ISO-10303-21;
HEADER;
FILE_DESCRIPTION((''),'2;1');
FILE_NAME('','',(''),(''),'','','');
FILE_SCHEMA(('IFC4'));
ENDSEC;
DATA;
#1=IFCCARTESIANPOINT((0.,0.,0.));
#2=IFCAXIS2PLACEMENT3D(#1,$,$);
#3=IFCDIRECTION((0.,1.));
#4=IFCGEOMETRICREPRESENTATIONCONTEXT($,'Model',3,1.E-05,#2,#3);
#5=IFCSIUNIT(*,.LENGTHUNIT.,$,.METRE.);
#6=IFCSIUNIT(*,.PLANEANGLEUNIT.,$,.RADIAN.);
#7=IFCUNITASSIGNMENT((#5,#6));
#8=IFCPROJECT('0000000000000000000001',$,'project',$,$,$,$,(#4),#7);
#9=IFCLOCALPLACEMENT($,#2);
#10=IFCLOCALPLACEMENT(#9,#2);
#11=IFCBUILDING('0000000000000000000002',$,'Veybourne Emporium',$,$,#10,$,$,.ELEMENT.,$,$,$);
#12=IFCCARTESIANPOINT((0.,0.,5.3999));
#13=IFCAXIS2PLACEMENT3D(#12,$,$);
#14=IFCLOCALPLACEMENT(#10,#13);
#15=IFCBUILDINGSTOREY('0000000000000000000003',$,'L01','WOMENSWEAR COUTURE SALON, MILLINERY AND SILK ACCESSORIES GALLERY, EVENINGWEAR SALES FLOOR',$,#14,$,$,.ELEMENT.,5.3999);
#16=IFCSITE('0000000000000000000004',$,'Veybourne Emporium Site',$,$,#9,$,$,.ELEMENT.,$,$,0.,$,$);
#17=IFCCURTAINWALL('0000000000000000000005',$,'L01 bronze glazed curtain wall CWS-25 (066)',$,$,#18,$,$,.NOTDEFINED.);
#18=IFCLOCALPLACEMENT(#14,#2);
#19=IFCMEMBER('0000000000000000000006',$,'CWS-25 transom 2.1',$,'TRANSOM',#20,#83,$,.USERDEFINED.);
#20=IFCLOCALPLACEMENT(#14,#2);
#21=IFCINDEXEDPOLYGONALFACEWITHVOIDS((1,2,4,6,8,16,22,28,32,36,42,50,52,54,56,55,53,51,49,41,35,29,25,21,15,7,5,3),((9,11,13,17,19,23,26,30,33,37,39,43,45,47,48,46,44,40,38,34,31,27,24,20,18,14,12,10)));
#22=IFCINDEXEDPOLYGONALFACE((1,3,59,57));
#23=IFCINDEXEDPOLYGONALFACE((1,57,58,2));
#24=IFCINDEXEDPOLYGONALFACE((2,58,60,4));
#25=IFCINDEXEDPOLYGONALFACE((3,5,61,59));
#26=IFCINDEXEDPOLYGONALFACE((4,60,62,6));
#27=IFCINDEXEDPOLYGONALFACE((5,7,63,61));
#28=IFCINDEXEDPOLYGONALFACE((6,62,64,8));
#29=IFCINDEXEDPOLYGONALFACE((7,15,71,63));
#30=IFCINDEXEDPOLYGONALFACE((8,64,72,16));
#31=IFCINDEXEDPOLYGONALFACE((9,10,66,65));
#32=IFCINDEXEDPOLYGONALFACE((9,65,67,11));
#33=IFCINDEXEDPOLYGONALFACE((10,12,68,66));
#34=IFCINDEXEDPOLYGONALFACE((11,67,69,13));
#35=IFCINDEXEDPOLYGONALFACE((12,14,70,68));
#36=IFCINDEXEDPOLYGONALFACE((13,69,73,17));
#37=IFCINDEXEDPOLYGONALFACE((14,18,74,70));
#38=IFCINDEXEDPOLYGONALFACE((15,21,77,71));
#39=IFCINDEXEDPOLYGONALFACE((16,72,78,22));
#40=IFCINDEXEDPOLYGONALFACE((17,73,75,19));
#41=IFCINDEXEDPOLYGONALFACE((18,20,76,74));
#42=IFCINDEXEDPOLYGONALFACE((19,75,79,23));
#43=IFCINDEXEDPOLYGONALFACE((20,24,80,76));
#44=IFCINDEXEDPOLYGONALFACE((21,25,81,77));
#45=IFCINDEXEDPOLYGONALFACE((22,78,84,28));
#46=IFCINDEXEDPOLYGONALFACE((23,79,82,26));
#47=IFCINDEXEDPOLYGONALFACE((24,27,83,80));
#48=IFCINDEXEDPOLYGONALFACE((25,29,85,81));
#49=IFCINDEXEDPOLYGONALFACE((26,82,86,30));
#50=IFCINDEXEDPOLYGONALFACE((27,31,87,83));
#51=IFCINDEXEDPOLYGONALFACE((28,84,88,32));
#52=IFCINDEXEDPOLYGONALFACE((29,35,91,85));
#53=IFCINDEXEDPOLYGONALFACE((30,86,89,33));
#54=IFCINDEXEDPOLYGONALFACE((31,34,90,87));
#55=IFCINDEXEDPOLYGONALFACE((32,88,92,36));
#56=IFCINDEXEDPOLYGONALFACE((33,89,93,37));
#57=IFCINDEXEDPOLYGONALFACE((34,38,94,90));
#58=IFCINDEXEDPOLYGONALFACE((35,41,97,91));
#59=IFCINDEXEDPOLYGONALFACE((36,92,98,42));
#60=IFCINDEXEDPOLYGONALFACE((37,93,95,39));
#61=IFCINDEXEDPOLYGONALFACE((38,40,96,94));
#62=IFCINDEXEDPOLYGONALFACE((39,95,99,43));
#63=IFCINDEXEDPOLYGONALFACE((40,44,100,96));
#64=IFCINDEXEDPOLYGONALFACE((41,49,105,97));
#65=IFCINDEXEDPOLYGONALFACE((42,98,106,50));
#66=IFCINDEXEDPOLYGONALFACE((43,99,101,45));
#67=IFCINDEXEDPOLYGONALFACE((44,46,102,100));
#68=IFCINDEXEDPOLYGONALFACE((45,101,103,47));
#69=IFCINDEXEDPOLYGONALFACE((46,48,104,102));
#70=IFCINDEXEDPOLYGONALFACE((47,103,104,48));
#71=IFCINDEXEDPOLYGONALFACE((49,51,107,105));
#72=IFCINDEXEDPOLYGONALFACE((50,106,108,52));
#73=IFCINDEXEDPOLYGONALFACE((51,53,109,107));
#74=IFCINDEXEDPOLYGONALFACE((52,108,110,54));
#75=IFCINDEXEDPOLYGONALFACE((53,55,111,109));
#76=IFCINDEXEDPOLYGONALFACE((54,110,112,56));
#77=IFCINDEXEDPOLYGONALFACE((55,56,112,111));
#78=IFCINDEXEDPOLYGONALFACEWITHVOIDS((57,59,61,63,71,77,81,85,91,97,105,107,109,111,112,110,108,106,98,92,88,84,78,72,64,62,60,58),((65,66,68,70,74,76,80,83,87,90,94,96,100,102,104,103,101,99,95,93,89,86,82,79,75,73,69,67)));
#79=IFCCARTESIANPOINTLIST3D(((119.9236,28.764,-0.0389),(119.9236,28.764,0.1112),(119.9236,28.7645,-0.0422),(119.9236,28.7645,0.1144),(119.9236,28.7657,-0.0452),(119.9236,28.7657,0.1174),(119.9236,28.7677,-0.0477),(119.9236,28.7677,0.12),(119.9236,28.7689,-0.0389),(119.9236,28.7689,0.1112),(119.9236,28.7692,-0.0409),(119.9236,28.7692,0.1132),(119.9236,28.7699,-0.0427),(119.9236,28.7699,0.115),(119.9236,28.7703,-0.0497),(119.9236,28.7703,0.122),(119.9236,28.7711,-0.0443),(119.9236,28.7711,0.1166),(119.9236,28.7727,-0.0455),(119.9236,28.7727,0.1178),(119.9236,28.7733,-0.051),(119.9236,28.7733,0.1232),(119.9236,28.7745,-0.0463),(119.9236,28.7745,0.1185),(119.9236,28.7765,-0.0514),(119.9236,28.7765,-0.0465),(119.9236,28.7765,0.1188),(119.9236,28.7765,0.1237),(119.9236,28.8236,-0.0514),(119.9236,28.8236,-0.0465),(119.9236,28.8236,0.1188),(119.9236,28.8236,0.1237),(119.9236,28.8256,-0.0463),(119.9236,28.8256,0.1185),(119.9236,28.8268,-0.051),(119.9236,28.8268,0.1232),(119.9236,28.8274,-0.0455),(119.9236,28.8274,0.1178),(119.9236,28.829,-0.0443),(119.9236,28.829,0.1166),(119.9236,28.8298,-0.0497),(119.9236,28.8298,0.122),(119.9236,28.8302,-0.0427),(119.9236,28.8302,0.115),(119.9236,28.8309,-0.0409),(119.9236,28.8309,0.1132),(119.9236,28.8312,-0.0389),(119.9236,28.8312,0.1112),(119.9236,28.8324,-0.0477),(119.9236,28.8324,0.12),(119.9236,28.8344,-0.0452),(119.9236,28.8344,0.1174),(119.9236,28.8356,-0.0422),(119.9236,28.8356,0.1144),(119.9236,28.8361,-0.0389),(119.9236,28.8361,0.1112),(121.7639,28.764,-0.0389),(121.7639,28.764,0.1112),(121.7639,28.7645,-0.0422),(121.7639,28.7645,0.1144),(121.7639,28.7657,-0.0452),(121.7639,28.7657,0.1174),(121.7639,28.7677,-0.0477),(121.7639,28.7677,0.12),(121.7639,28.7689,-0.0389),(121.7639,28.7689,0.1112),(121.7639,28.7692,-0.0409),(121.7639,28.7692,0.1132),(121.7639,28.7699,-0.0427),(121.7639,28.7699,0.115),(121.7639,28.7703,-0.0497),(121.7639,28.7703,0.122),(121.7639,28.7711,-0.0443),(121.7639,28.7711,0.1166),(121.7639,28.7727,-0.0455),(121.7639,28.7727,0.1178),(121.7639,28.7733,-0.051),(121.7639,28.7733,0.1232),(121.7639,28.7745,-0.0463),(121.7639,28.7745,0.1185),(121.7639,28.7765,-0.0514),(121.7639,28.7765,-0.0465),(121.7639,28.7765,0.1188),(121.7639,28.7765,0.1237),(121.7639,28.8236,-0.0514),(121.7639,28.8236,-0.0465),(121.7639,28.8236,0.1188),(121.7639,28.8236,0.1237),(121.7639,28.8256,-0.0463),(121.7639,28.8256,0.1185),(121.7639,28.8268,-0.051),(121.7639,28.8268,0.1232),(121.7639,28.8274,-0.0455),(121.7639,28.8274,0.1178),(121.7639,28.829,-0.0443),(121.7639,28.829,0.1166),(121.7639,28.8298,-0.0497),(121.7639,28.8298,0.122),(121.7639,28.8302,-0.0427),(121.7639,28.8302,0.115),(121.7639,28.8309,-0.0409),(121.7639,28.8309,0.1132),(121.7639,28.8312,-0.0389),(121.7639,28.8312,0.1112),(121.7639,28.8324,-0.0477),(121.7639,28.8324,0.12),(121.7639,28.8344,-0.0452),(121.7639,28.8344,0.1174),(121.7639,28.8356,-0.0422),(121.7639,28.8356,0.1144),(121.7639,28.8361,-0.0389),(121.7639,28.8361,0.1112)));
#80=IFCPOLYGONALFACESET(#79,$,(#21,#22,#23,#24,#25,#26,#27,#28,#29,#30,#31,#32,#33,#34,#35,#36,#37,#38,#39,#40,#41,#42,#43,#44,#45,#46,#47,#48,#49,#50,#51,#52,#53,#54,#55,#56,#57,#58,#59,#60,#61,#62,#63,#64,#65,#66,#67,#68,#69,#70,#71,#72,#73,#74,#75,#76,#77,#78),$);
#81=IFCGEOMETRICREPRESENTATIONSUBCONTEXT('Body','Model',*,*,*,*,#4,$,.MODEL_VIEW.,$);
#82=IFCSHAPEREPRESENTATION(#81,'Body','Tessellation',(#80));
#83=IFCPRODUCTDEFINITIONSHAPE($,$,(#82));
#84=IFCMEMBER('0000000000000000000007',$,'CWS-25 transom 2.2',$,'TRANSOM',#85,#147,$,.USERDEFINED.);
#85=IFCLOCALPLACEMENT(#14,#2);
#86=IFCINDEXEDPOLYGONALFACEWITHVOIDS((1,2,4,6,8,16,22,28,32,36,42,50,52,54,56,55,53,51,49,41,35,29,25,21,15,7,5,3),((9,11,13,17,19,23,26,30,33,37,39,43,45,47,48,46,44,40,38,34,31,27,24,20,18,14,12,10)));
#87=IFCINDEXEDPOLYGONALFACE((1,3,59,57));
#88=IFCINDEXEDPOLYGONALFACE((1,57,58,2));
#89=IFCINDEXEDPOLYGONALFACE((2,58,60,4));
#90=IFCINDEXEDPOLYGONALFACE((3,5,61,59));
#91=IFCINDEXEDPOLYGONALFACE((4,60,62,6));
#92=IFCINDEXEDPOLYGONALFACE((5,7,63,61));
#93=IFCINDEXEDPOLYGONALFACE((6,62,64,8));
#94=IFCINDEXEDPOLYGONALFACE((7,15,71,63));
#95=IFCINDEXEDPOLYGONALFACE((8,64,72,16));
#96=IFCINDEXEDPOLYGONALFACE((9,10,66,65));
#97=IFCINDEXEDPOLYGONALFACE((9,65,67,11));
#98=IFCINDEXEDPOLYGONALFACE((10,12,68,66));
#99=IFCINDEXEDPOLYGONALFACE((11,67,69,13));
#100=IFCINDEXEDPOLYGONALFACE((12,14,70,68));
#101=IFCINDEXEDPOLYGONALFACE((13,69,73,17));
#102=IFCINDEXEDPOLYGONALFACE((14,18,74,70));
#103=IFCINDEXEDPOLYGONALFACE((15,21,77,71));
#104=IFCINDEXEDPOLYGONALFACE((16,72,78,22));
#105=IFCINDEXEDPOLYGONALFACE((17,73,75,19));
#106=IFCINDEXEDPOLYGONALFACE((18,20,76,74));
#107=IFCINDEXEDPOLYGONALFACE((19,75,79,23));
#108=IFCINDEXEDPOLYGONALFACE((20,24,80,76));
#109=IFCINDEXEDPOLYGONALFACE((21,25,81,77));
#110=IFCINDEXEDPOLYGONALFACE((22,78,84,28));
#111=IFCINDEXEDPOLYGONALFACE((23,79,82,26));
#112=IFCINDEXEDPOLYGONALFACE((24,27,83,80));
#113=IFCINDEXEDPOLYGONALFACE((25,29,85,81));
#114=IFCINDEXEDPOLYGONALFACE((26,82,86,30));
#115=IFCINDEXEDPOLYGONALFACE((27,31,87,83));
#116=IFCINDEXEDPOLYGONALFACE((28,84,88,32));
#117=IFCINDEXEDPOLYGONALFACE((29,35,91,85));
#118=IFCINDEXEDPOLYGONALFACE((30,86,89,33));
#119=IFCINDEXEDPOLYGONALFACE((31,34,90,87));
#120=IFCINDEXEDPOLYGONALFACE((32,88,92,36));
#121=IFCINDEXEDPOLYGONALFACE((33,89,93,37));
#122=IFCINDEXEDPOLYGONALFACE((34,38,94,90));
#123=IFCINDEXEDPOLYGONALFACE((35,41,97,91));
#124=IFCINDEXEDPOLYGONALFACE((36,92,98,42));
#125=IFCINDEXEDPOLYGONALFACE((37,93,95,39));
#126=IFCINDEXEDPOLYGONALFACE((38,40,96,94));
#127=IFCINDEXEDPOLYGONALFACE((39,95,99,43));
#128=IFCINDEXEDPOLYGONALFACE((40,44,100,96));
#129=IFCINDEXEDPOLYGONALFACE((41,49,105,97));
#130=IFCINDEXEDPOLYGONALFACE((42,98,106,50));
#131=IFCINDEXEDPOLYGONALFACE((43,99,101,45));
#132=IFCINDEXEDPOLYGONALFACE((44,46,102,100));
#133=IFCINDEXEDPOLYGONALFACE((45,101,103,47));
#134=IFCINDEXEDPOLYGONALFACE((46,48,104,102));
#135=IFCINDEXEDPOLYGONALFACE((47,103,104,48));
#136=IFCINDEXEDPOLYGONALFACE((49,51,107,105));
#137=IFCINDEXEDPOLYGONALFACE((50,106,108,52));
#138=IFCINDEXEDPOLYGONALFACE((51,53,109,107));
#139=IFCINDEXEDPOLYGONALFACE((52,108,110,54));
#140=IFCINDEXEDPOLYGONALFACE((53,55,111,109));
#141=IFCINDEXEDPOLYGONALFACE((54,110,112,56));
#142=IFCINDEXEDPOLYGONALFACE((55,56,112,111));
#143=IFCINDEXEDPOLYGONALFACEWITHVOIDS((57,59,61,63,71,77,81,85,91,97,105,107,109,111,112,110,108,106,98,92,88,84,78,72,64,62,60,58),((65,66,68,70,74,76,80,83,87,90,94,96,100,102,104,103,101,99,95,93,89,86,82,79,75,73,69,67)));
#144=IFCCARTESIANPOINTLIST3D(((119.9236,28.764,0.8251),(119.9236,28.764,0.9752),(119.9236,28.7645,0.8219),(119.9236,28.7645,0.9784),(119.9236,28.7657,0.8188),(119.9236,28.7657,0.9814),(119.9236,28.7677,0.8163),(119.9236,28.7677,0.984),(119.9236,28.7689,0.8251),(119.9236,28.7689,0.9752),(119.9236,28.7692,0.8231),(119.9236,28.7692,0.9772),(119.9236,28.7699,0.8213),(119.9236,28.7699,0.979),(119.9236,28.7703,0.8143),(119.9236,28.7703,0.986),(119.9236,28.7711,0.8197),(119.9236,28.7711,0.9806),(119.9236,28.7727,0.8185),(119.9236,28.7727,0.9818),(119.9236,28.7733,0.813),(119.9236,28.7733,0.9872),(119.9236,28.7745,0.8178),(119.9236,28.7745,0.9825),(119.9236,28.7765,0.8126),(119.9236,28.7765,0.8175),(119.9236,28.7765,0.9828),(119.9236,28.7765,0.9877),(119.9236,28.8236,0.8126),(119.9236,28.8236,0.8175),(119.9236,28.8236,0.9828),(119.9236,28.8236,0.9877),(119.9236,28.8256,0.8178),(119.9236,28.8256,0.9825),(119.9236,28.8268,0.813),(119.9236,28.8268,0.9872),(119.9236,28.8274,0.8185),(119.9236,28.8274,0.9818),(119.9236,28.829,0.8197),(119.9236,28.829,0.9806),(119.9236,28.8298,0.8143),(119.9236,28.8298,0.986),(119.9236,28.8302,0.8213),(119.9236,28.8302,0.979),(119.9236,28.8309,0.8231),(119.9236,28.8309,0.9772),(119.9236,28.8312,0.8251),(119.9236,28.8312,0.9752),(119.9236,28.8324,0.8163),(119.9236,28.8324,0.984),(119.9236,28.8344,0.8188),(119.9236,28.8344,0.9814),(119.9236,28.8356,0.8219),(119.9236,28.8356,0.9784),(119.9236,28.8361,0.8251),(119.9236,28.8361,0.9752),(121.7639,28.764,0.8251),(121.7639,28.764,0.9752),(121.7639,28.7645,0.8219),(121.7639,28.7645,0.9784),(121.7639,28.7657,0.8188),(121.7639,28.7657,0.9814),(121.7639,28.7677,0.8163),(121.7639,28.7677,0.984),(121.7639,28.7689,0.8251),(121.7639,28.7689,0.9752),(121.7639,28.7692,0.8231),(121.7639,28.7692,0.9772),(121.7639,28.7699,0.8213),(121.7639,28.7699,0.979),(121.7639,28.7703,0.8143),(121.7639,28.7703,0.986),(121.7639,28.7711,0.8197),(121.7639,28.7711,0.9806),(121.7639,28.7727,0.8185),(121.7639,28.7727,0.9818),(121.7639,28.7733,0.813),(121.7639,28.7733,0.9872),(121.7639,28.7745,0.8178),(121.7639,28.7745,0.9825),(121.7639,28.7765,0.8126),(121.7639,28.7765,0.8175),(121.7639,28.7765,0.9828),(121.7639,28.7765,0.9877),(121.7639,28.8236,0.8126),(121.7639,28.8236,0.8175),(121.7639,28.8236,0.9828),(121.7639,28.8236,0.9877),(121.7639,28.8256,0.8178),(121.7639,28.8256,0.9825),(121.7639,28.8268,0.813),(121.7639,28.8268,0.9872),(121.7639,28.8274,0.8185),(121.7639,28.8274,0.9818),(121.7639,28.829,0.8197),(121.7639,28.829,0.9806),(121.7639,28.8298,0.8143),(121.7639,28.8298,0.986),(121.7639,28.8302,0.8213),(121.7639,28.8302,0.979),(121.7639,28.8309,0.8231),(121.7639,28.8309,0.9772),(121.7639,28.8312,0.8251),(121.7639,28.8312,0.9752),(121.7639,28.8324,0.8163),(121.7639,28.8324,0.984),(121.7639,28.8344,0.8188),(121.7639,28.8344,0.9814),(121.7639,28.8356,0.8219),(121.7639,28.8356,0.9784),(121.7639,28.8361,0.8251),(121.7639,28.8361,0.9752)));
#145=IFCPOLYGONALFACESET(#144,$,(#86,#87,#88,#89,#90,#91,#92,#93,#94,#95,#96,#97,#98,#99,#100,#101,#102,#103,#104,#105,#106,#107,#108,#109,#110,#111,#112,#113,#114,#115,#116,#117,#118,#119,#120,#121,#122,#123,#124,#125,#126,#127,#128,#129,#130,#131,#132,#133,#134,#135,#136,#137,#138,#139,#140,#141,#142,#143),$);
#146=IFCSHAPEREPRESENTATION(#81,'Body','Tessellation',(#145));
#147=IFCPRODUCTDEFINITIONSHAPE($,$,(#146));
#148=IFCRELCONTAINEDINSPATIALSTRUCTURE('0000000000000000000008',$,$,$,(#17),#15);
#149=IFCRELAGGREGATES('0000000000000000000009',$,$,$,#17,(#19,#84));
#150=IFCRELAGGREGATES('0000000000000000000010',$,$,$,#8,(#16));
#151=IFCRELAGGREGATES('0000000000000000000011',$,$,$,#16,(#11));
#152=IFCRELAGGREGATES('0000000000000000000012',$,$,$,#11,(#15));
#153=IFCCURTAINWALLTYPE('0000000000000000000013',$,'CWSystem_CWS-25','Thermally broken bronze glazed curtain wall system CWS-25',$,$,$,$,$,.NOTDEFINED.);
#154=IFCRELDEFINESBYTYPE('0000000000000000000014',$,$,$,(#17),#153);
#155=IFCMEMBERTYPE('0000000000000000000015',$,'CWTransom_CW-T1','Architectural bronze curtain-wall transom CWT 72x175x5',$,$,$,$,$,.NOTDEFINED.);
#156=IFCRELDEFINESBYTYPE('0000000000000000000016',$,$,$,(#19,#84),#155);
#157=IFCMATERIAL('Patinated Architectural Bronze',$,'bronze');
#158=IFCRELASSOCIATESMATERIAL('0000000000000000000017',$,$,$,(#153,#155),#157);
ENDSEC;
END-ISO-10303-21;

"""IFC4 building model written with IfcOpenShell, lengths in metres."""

from ifc_helpers import new_model, si_unit, direction, frame, origin, origin_2d, place, context, subcontext, project, spatial, hollow_rectangle, extrude, material, material_profile, profile_set, type_object, element, aggregate, save


model = new_model("IFC4")

# Units and contexts
model_context = context("Model", 3, precision=1e-05, world=origin(), true_north=direction((0.0, 1.0)))
body_context = subcontext(model_context, "Body", "Model", "MODEL_VIEW")
ifc_project = project(units=[si_unit("LENGTHUNIT", "METRE"), si_unit("PLANEANGLEUNIT", "RADIAN")], contexts=[model_context])

# Site, building, storey
site_placement = place(None, origin())
site = spatial("IfcSite", under=ifc_project, at=site_placement, Name="Veybourne Emporium Site", CompositionType="ELEMENT", RefElevation=0.0)
building_placement = place(site_placement, origin())
building = spatial("IfcBuilding", under=site, at=building_placement, Name="Veybourne Emporium", CompositionType="ELEMENT")
storey_placement = place(building_placement, frame((0.0, 0.0, 5.3999)))
storey = spatial("IfcBuildingStorey", under=building, at=storey_placement, Name="L01", Description="WOMENSWEAR COUTURE SALON, MILLINERY AND SILK ACCESSORIES GALLERY, EVENINGWEAR SALES FLOOR", CompositionType="ELEMENT", Elevation=5.3999)

# Curtain wall, members
ifc_material_1 = material(Name="Patinated Architectural Bronze", Category="bronze")
curtain_wall_type = type_object("IfcCurtainWallType", Name="CWSystem_CWS-25", Description="Thermally broken bronze glazed curtain wall system CWS-25", PredefinedType="NOTDEFINED", material=ifc_material_1)
curtain_wall_placement = place(storey_placement, origin())
curtain_wall = element("IfcCurtainWall", 1, at=curtain_wall_placement, inside=storey, type_object=curtain_wall_type, Name="L01 bronze glazed curtain wall CWS-25 (066)", PredefinedType="NOTDEFINED")
ifc_material_profile_1 = material_profile(ifc_material_1, hollow_rectangle(XDim=0.072, YDim=0.175, WallThickness=0.0049, InnerFilletRadius=0.0076, OuterFilletRadius=0.0125, at=origin_2d()), Name="CWT 72x175x5")
ifc_profile_set_1 = profile_set([ifc_material_profile_1], Name="Patinated Architectural Bronze")
member_type_1 = type_object("IfcMemberType", Name="CWTransom_CW-T1", Description="Architectural bronze curtain-wall transom CWT 72x175x5", PredefinedType="NOTDEFINED", material=ifc_profile_set_1)
member_1_placement = place(storey_placement, frame((119.9236, 28.8, 0.0361), z_axis=(1.0, 0.0, 0.0), x_axis=(0.0, 1.0, 0.0)))
member_1 = element("IfcMember", 2, at=member_1_placement, type_object=member_type_1, Name="CWS-25 transom 2.1", ObjectType="TRANSOM", PredefinedType="USERDEFINED", context=body_context, shape_type="SweptSolid", body=[
    extrude(hollow_rectangle(XDim=0.072, YDim=0.175, WallThickness=0.0049, InnerFilletRadius=0.0076, OuterFilletRadius=0.0125, at=origin_2d()), origin(), (0.0, 0.0, 1.0), 1.8403),
])
member_2_placement = place(storey_placement, frame((119.9236, 28.8, 0.9001), z_axis=(1.0, 0.0, 0.0), x_axis=(0.0, 1.0, 0.0)))
member_2 = element("IfcMember", 3, at=member_2_placement, type_object=member_type_1, Name="CWS-25 transom 2.2", ObjectType="TRANSOM", PredefinedType="USERDEFINED", context=body_context, shape_type="SweptSolid", body=[
    extrude(hollow_rectangle(XDim=0.072, YDim=0.175, WallThickness=0.0049, InnerFilletRadius=0.0076, OuterFilletRadius=0.0125, at=origin_2d()), origin(), (0.0, 0.0, 1.0), 1.8403),
])
aggregate(curtain_wall, [member_1, member_2])

save(model, "model.ifc")
